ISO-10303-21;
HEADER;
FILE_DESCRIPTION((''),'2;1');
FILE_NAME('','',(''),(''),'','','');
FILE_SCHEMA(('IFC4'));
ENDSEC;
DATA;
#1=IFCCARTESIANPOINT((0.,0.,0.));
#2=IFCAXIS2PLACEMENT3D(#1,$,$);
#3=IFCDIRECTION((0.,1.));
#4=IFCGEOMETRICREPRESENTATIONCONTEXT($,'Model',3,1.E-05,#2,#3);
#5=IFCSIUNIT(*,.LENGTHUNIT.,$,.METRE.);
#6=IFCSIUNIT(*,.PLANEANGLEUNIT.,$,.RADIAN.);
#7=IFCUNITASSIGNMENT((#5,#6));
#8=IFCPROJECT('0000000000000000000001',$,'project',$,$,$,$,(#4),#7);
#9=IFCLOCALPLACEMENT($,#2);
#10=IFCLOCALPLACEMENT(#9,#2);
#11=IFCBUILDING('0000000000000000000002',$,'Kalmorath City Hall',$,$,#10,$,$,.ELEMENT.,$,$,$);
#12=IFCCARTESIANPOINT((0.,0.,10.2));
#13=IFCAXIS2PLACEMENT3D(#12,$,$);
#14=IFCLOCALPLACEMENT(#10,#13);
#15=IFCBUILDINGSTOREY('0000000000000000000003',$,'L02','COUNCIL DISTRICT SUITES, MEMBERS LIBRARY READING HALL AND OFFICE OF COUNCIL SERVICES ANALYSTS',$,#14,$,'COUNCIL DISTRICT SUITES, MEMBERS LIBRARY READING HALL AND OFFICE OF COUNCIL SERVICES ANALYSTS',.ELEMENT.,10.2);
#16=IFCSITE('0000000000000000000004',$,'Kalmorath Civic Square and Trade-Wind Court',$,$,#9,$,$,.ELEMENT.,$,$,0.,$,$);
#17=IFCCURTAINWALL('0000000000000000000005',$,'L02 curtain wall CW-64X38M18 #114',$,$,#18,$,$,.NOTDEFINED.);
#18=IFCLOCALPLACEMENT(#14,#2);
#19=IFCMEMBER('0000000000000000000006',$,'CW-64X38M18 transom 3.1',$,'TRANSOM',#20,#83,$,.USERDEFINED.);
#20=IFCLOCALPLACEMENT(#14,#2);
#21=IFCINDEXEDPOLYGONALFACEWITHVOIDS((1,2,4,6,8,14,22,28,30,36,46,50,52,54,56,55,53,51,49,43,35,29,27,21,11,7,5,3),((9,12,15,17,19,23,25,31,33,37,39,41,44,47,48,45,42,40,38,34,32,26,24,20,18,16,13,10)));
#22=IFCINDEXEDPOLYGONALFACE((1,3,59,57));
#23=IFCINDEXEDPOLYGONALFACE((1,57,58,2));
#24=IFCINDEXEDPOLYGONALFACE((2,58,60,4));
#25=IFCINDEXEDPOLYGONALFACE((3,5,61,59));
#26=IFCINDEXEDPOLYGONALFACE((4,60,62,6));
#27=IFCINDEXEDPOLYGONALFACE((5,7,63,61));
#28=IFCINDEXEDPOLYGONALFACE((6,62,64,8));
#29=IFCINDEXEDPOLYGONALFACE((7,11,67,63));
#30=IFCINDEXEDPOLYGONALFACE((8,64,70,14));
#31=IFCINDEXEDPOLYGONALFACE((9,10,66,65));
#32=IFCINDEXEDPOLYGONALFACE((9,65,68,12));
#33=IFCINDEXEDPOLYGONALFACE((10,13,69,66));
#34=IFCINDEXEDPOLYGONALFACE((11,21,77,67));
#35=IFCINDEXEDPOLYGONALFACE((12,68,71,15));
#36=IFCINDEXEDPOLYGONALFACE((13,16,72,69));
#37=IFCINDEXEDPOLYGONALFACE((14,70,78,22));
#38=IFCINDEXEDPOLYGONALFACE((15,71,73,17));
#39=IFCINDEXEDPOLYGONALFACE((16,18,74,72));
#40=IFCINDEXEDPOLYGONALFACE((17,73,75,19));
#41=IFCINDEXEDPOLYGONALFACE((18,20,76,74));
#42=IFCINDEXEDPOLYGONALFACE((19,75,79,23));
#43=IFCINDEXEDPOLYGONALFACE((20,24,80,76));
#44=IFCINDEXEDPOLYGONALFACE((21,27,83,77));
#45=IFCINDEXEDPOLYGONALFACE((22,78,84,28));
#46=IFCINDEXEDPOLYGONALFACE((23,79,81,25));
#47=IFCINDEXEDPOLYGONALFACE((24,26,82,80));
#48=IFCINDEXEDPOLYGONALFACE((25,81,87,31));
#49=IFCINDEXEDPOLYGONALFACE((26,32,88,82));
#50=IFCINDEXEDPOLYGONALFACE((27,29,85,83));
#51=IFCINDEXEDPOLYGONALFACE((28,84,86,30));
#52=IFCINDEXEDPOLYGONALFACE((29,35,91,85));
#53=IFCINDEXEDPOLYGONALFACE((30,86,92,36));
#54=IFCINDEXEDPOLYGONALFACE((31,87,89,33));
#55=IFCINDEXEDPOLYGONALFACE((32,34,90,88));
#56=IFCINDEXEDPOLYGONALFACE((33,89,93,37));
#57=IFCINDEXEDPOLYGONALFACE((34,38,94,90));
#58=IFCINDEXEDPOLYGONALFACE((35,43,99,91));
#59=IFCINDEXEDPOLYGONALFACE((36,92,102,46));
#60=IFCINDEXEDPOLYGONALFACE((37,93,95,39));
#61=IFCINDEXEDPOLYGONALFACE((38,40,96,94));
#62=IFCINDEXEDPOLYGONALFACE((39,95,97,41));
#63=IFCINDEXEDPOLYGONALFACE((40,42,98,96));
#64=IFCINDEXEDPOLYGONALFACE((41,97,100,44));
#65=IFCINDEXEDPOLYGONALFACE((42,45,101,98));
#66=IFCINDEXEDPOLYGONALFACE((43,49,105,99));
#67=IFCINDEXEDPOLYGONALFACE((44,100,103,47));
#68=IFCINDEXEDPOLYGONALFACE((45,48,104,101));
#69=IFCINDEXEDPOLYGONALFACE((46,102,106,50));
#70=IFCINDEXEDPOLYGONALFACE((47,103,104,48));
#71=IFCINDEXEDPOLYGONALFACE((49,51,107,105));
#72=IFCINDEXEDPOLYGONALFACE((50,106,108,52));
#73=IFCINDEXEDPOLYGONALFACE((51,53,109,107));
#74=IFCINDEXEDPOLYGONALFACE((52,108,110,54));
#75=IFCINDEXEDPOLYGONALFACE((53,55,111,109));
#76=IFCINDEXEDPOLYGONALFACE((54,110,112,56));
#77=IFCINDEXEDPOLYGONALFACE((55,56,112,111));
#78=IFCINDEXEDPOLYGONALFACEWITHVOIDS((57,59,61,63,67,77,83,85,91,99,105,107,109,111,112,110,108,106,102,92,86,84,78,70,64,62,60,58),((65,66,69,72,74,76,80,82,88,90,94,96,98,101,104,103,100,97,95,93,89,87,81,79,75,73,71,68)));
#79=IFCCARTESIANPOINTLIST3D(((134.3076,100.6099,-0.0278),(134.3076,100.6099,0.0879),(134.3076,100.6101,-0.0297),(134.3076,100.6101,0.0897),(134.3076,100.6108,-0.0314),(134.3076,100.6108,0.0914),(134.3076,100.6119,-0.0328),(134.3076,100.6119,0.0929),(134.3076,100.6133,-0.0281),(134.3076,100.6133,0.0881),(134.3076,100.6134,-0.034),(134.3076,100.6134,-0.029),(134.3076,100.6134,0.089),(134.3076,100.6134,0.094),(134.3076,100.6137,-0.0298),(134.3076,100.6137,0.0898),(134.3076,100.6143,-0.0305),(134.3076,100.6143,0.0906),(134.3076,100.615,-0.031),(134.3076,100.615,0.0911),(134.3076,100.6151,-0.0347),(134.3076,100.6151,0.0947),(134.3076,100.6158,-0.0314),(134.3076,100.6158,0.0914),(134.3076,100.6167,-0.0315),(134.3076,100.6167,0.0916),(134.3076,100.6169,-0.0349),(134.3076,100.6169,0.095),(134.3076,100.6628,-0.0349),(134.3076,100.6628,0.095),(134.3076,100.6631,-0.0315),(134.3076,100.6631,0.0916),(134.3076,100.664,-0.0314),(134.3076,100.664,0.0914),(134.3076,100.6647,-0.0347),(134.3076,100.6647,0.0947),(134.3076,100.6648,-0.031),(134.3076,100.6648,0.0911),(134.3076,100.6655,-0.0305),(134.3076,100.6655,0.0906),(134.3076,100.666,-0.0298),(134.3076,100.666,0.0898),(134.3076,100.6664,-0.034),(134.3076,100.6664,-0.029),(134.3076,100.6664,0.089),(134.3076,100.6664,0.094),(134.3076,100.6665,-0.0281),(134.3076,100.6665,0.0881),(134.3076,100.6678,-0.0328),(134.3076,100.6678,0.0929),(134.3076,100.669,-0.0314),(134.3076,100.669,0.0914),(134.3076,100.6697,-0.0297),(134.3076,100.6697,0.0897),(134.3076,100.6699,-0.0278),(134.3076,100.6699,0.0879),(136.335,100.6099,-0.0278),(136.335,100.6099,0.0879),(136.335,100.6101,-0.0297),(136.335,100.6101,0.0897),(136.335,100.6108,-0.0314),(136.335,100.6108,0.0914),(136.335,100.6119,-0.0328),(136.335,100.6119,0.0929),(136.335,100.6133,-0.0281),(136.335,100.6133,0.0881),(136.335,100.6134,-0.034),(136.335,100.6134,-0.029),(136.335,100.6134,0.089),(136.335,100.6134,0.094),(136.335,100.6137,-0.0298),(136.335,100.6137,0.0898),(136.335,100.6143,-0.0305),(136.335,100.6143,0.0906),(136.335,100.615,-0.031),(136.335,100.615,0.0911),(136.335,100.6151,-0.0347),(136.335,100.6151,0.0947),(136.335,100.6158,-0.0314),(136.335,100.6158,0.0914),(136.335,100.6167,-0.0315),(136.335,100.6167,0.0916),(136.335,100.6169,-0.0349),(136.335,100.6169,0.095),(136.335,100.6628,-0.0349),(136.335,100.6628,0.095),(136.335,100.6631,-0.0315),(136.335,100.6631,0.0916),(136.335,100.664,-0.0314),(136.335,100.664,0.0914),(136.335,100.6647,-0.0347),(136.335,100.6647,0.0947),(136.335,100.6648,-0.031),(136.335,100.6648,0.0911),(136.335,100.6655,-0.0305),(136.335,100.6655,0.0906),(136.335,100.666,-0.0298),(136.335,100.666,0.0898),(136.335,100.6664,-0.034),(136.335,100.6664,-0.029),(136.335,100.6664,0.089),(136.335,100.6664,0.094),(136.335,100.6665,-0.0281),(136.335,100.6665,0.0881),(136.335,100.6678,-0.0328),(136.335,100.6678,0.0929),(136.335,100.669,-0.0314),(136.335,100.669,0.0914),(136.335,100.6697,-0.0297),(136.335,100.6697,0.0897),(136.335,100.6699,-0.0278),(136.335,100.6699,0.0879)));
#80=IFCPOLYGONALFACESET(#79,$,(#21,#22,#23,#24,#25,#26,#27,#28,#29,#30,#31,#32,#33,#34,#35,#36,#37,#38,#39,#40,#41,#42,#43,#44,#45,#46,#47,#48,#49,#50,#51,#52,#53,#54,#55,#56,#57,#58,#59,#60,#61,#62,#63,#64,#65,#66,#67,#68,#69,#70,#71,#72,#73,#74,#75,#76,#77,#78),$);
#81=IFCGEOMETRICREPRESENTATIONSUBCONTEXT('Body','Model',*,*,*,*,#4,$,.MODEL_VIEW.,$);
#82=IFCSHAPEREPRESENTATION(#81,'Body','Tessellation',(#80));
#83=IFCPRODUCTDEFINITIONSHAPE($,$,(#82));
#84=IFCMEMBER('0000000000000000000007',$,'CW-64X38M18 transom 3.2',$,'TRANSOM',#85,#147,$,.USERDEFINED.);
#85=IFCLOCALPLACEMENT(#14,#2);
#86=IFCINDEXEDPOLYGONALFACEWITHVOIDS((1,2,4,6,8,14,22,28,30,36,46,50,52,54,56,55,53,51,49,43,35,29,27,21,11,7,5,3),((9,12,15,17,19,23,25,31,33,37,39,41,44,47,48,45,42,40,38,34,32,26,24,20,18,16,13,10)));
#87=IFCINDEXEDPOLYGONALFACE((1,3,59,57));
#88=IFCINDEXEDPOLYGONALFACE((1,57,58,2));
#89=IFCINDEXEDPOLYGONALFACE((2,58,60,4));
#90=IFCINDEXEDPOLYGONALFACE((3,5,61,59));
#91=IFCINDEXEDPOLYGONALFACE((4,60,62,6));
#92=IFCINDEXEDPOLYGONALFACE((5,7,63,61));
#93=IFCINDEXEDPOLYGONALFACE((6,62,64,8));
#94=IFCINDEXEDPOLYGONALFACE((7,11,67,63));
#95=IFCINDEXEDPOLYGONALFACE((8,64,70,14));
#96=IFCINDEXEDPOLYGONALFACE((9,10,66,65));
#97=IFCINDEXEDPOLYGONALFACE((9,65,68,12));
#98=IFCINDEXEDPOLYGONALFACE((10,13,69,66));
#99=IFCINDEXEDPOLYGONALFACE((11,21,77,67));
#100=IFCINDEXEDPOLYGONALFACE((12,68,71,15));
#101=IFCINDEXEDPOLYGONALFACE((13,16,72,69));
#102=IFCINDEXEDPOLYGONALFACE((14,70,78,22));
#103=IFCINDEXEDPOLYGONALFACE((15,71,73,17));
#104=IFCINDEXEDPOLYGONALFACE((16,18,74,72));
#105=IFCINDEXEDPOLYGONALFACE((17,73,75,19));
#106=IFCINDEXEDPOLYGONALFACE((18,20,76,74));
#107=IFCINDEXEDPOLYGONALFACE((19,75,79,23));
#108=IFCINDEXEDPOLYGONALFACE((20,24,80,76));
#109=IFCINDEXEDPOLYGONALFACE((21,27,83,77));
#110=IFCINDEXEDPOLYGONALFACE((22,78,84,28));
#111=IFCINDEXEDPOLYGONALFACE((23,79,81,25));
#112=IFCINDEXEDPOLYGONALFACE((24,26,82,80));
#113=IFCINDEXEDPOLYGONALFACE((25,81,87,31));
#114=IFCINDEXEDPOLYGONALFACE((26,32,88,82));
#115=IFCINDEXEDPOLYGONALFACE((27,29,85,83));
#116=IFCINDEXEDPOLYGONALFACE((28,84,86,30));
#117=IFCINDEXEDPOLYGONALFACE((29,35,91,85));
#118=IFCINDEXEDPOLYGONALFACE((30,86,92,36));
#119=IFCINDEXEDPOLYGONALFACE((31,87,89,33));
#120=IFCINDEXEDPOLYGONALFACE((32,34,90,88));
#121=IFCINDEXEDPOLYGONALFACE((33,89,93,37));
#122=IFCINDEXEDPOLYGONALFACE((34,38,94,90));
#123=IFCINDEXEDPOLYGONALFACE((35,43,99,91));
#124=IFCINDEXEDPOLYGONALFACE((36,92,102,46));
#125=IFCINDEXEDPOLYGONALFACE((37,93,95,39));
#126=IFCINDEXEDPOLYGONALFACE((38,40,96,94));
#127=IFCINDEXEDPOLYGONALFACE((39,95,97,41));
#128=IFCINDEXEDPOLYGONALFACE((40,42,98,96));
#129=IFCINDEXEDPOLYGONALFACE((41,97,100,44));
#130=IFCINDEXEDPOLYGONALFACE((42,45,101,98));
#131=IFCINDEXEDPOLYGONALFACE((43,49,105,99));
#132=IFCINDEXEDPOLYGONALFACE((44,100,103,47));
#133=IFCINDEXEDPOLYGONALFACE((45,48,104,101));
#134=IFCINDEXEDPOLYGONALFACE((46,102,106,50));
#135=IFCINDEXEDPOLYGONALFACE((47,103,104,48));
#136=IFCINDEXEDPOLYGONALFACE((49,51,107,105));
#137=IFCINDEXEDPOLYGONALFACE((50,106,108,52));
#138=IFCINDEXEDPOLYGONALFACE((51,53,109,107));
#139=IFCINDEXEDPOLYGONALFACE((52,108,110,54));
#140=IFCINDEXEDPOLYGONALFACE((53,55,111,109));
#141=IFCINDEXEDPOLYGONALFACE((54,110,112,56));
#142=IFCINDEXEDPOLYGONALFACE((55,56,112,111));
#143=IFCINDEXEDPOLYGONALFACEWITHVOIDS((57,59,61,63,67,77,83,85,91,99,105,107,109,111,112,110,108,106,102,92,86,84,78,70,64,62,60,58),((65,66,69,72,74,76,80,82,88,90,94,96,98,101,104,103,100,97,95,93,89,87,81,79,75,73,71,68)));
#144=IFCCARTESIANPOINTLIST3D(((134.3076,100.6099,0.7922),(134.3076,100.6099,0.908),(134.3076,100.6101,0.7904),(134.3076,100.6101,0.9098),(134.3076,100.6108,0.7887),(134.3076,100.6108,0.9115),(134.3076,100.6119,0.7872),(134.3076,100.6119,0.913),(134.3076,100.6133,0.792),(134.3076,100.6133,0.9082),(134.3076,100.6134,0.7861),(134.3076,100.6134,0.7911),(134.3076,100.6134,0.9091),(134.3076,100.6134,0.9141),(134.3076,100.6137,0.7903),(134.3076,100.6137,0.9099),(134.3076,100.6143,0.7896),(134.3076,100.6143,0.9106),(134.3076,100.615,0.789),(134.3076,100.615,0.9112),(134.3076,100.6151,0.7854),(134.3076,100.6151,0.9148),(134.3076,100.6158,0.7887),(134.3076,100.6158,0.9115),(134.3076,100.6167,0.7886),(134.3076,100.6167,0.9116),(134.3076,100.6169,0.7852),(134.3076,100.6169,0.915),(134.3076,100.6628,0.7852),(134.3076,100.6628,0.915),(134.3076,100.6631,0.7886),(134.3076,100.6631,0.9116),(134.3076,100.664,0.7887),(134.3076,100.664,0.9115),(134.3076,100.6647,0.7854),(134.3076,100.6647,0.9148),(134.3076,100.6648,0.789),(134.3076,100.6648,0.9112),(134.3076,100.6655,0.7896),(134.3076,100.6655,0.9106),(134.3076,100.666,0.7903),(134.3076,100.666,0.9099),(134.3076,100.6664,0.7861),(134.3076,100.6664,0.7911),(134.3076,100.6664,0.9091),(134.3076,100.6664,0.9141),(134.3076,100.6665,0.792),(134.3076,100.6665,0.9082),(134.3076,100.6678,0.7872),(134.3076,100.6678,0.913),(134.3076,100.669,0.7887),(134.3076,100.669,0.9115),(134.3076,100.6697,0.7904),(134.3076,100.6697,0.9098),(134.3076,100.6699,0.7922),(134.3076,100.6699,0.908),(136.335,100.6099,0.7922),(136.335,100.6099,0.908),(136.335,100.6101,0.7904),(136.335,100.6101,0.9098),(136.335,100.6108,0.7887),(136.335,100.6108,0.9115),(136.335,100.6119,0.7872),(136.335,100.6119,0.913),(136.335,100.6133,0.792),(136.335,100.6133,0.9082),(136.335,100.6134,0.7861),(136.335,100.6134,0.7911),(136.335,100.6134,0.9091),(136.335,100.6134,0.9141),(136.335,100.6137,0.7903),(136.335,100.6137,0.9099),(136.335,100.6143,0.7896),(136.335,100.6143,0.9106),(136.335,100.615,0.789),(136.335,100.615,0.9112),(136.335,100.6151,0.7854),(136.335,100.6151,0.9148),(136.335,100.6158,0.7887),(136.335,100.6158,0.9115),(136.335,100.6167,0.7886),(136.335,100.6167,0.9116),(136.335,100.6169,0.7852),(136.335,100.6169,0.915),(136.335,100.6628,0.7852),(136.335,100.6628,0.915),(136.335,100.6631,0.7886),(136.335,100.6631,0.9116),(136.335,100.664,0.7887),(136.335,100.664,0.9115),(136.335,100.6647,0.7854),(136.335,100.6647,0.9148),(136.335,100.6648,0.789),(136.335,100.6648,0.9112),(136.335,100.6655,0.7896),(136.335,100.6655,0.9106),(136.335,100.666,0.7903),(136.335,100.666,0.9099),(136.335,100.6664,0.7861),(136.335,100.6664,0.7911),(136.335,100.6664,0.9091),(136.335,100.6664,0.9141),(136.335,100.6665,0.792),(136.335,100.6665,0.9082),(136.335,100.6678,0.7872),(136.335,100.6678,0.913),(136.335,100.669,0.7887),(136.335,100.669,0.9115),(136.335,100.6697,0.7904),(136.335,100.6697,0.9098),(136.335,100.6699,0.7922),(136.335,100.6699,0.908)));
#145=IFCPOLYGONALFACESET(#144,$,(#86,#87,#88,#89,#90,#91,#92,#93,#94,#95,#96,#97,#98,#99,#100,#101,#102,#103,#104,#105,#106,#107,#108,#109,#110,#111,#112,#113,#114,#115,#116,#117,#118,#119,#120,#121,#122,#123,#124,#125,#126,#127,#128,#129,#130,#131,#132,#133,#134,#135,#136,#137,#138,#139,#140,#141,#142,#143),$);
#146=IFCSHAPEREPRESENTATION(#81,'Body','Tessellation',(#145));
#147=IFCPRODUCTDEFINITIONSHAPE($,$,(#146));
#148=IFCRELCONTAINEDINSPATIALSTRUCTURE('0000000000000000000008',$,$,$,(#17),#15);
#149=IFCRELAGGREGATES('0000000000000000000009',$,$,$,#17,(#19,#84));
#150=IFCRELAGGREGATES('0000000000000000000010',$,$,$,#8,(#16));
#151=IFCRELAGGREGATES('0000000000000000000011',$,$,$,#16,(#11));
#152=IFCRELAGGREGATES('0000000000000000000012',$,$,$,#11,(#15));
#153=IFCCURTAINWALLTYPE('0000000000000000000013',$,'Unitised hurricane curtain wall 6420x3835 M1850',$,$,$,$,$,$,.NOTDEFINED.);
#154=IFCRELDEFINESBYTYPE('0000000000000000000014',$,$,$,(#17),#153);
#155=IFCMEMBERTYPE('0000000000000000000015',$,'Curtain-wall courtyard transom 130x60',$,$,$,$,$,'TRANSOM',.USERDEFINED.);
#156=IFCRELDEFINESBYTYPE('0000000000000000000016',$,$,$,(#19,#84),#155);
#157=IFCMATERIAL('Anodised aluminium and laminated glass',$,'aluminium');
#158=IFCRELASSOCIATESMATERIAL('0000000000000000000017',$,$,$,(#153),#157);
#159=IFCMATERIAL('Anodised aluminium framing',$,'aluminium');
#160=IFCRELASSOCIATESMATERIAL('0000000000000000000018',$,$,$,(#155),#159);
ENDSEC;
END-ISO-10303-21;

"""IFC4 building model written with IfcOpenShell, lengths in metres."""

from ifc_helpers import new_model, si_unit, direction, frame, origin, origin_2d, place, context, subcontext, project, spatial, hollow_rectangle, extrude, material, material_profile, profile_set, type_object, element, aggregate, save


model = new_model("IFC4")

# Units and contexts
model_context = context("Model", 3, precision=1e-05, world=origin(), true_north=direction((0.0, 1.0)))
body_context = subcontext(model_context, "Body", "Model", "MODEL_VIEW")
ifc_project = project(units=[si_unit("LENGTHUNIT", "METRE"), si_unit("PLANEANGLEUNIT", "RADIAN")], contexts=[model_context])

# Site, building, storey
site_placement = place(None, origin())
site = spatial("IfcSite", under=ifc_project, at=site_placement, Name="Kalmorath Civic Square and Trade-Wind Court", CompositionType="ELEMENT", RefElevation=0.0)
building_placement = place(site_placement, origin())
building = spatial("IfcBuilding", under=site, at=building_placement, Name="Kalmorath City Hall", CompositionType="ELEMENT")
storey_placement = place(building_placement, frame((0.0, 0.0, 10.2)))
storey = spatial("IfcBuildingStorey", under=building, at=storey_placement, Name="L02", Description="COUNCIL DISTRICT SUITES, MEMBERS LIBRARY READING HALL AND OFFICE OF COUNCIL SERVICES ANALYSTS", LongName="COUNCIL DISTRICT SUITES, MEMBERS LIBRARY READING HALL AND OFFICE OF COUNCIL SERVICES ANALYSTS", CompositionType="ELEMENT", Elevation=10.2)

# Curtain wall, members
ifc_material_1 = material(Name="Anodised aluminium and laminated glass", Category="aluminium")
curtain_wall_type = type_object("IfcCurtainWallType", Name="Unitised hurricane curtain wall 6420x3835 M1850", PredefinedType="NOTDEFINED", material=ifc_material_1)
curtain_wall_placement = place(storey_placement, origin())
curtain_wall = element("IfcCurtainWall", 1, at=curtain_wall_placement, inside=storey, type_object=curtain_wall_type, Name="L02 curtain wall CW-64X38M18 #114", PredefinedType="NOTDEFINED")
ifc_material_2 = material(Name="Anodised aluminium framing", Category="aluminium")
ifc_material_profile_1 = material_profile(ifc_material_2, hollow_rectangle(XDim=0.0601, YDim=0.1299, WallThickness=0.0034, InnerFilletRadius=0.0034, OuterFilletRadius=0.0071, at=origin_2d()), Name="ALU-TRN-130X60X3.5")
ifc_profile_set_1 = profile_set([ifc_material_profile_1], Name="Anodised aluminium framing")
member_type_1 = type_object("IfcMemberType", Name="Curtain-wall courtyard transom 130x60", ElementType="TRANSOM", PredefinedType="USERDEFINED", material=ifc_profile_set_1)
member_1_placement = place(storey_placement, frame((134.3076, 100.6399, 0.03), z_axis=(1.0, 0.0, 0.0), x_axis=(0.0, 1.0, 0.0)))
member_1 = element("IfcMember", 2, at=member_1_placement, type_object=member_type_1, Name="CW-64X38M18 transom 3.1", ObjectType="TRANSOM", PredefinedType="USERDEFINED", context=body_context, shape_type="SweptSolid", body=[
    extrude(hollow_rectangle(XDim=0.0601, YDim=0.1299, WallThickness=0.0034, InnerFilletRadius=0.0034, OuterFilletRadius=0.0071, at=origin_2d()), origin(), (0.0, 0.0, 1.0), 2.0273),
])
member_2_placement = place(storey_placement, frame((134.3076, 100.6399, 0.8501), z_axis=(1.0, 0.0, 0.0), x_axis=(0.0, 1.0, 0.0)))
member_2 = element("IfcMember", 3, at=member_2_placement, type_object=member_type_1, Name="CW-64X38M18 transom 3.2", ObjectType="TRANSOM", PredefinedType="USERDEFINED", context=body_context, shape_type="SweptSolid", body=[
    extrude(hollow_rectangle(XDim=0.0601, YDim=0.1299, WallThickness=0.0034, InnerFilletRadius=0.0034, OuterFilletRadius=0.0071, at=origin_2d()), origin(), (0.0, 0.0, 1.0), 2.0273),
])

aggregate(curtain_wall, [member_1, member_2])

save(model, "model.ifc")
